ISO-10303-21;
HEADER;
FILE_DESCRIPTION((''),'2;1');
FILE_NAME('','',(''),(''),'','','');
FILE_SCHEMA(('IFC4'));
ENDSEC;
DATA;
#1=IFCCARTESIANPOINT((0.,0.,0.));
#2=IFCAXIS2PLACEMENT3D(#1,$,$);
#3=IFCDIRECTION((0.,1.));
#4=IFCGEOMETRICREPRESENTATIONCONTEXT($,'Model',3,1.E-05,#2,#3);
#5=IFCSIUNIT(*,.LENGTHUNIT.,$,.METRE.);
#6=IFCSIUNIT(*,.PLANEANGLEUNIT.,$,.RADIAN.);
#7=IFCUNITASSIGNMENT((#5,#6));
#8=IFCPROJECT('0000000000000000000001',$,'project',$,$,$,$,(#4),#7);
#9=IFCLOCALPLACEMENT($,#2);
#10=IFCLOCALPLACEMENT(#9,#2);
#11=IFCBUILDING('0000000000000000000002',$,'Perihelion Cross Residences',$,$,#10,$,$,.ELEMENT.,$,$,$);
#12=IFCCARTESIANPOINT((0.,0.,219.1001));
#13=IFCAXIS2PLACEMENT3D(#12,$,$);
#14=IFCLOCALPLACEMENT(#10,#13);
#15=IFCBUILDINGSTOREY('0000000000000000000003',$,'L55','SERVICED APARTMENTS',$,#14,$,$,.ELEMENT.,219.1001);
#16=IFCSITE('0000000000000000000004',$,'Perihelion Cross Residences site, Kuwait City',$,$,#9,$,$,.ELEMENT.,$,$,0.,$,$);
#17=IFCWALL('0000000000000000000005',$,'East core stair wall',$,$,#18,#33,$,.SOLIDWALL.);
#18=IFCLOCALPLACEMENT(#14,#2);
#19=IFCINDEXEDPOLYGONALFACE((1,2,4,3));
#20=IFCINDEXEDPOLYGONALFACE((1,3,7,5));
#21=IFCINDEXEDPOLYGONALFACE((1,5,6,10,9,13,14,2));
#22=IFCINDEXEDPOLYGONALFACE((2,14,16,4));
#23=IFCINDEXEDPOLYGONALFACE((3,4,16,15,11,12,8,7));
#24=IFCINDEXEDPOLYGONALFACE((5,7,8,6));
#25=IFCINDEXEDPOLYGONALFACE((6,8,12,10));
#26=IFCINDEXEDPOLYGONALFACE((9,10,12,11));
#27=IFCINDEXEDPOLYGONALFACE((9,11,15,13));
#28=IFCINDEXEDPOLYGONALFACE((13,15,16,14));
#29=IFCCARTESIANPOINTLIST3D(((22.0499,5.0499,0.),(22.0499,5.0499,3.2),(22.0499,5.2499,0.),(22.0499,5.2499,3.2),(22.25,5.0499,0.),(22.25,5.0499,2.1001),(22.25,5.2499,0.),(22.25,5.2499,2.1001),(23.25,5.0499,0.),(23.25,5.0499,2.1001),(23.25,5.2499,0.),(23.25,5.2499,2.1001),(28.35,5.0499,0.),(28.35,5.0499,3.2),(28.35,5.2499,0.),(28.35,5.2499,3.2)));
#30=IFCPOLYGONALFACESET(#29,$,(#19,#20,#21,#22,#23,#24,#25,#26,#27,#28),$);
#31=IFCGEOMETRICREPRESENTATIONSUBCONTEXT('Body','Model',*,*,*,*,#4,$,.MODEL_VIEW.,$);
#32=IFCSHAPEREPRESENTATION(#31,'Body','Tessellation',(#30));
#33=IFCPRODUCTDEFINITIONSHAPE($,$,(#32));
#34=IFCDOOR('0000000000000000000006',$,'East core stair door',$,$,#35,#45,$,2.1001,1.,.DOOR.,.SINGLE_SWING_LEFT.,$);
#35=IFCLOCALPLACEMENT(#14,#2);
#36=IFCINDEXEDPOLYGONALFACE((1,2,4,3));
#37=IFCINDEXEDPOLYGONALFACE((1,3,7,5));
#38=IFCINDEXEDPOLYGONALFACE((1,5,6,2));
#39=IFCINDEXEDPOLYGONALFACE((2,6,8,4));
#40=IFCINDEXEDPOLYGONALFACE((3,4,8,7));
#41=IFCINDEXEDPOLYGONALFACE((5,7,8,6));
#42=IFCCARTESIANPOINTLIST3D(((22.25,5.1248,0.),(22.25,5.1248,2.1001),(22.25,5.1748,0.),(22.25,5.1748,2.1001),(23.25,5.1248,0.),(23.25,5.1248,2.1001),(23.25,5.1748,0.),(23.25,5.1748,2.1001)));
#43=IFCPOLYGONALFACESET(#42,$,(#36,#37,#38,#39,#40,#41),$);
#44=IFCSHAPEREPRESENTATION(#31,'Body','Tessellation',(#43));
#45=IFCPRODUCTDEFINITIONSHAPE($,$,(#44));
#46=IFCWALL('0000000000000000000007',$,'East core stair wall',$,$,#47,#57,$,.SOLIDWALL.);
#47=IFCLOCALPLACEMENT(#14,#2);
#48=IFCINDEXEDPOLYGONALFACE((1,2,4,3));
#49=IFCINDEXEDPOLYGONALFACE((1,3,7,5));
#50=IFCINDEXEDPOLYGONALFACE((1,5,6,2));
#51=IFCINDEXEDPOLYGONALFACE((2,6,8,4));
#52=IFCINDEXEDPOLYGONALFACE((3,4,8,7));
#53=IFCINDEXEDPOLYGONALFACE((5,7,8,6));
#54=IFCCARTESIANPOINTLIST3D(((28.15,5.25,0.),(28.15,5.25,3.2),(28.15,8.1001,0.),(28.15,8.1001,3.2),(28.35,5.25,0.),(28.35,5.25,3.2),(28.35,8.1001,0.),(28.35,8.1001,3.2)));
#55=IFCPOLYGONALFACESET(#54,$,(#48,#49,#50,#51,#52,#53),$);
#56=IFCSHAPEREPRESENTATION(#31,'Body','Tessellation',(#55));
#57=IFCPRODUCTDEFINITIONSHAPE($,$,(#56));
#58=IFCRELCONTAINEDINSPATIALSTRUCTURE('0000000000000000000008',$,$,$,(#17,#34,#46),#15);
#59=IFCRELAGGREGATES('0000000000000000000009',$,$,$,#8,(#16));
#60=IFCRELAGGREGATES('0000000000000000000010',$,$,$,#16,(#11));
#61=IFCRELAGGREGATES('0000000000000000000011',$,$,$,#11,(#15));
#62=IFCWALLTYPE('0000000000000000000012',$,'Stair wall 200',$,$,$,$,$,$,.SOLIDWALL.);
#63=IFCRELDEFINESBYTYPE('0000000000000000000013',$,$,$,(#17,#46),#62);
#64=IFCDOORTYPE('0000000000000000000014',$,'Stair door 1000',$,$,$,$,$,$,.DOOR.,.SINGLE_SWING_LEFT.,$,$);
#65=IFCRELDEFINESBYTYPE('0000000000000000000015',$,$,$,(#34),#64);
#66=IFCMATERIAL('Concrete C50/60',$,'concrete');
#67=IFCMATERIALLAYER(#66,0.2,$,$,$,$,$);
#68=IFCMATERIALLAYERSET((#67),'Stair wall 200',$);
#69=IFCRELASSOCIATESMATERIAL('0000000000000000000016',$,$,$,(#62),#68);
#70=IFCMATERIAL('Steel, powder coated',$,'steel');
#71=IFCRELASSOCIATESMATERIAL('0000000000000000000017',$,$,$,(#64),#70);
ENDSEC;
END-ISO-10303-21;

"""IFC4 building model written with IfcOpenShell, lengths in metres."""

from ifc_helpers import new_model, si_unit, direction, frame, frame_2d, origin, place, context, subcontext, project, spatial, rectangle, extrude, material, layer, layer_set, type_object, element, fill, save


model = new_model("IFC4")

# Units and contexts
model_context = context("Model", 3, precision=1e-05, world=origin(), true_north=direction((0.0, 1.0)))
body_context = subcontext(model_context, "Body", "Model", "MODEL_VIEW")
ifc_project = project(units=[si_unit("LENGTHUNIT", "METRE"), si_unit("PLANEANGLEUNIT", "RADIAN")], contexts=[model_context])

# Site, building, storey
site_placement = place(None, origin())
site = spatial("IfcSite", under=ifc_project, at=site_placement, Name="Perihelion Cross Residences site, Kuwait City", CompositionType="ELEMENT", RefElevation=0.0)
building_placement = place(site_placement, origin())
building = spatial("IfcBuilding", under=site, at=building_placement, Name="Perihelion Cross Residences", CompositionType="ELEMENT")
storey_placement = place(building_placement, frame((0.0, 0.0, 219.1001)))
storey = spatial("IfcBuildingStorey", under=building, at=storey_placement, Name="L55", Description="SERVICED APARTMENTS", CompositionType="ELEMENT", Elevation=219.1001)

# Wall, opening, door
ifc_material_1 = material(Name="Concrete C50/60", Category="concrete")
ifc_layer_1 = layer(ifc_material_1, 0.2)
ifc_layer_set_1 = layer_set([ifc_layer_1], Name="Stair wall 200")
wall_type_1 = type_object("IfcWallType", Name="Stair wall 200", PredefinedType="SOLIDWALL", material=ifc_layer_set_1)
wall_1_placement = place(storey_placement, frame((22.05, 5.1499, 0.0), z_axis=(0.0, 0.0, 1.0), x_axis=(1.0, 0.0, 0.0)))
wall_1 = element("IfcWall", 1, at=wall_1_placement, inside=storey, type_object=wall_type_1, Name="East core stair wall", PredefinedType="SOLIDWALL", context=body_context, shape_type="SweptSolid", body=[
    extrude(rectangle(XDim=6.3, YDim=0.2, at=frame_2d((3.1499, 0.0))), origin(), (0.0, 0.0, 1.0), 3.2),
])
opening_1_placement = place(wall_1_placement, frame((0.2, 0.0, 0.0)))
opening_1 = element("IfcOpeningElement", 2, at=opening_1_placement, cuts=wall_1, PredefinedType="OPENING", context=body_context, shape_type="SweptSolid", body=[
    extrude(rectangle(XDim=1.0, YDim=2.1001, at=frame_2d((0.5, 1.05))), frame((0.0, 0.1099, 0.0), z_axis=(0.0, -1.0, 0.0), x_axis=(1.0, 0.0, 0.0)), (0.0, 0.0, 1.0), 0.22),
])
ifc_material_2 = material(Name="Steel, powder coated", Category="steel")
door_type_1 = type_object("IfcDoorType", Name="Stair door 1000", OperationType="SINGLE_SWING_LEFT", PredefinedType="DOOR", material=ifc_material_2)
door_1_placement = place(opening_1_placement, origin())
door_1 = element("IfcDoor", 3, at=door_1_placement, inside=storey, type_object=door_type_1, Name="East core stair door", OperationType="SINGLE_SWING_LEFT", OverallHeight=2.1001, OverallWidth=1.0, PredefinedType="DOOR", context=body_context, shape_type="SweptSolid", body=[
    extrude(rectangle(XDim=1.0, YDim=2.1001, at=frame_2d((0.5, 1.05))), frame((0.0, 0.0249, 0.0), z_axis=(0.0, -1.0, 0.0), x_axis=(1.0, 0.0, 0.0)), (0.0, 0.0, 1.0), 0.05),
])
fill(opening_1, door_1)

# Wall
wall_2_placement = place(storey_placement, frame((28.25, 5.25, 0.0), z_axis=(0.0, 0.0, 1.0), x_axis=(0.0, 1.0, 0.0)))
element("IfcWall", 4, at=wall_2_placement, inside=storey, type_object=wall_type_1, Name="East core stair wall", PredefinedType="SOLIDWALL", context=body_context, shape_type="SweptSolid", body=[
    extrude(rectangle(XDim=2.8501, YDim=0.2, at=frame_2d((1.425, 0.0))), origin(), (0.0, 0.0, 1.0), 3.2),
])

save(model, "model.ifc")
